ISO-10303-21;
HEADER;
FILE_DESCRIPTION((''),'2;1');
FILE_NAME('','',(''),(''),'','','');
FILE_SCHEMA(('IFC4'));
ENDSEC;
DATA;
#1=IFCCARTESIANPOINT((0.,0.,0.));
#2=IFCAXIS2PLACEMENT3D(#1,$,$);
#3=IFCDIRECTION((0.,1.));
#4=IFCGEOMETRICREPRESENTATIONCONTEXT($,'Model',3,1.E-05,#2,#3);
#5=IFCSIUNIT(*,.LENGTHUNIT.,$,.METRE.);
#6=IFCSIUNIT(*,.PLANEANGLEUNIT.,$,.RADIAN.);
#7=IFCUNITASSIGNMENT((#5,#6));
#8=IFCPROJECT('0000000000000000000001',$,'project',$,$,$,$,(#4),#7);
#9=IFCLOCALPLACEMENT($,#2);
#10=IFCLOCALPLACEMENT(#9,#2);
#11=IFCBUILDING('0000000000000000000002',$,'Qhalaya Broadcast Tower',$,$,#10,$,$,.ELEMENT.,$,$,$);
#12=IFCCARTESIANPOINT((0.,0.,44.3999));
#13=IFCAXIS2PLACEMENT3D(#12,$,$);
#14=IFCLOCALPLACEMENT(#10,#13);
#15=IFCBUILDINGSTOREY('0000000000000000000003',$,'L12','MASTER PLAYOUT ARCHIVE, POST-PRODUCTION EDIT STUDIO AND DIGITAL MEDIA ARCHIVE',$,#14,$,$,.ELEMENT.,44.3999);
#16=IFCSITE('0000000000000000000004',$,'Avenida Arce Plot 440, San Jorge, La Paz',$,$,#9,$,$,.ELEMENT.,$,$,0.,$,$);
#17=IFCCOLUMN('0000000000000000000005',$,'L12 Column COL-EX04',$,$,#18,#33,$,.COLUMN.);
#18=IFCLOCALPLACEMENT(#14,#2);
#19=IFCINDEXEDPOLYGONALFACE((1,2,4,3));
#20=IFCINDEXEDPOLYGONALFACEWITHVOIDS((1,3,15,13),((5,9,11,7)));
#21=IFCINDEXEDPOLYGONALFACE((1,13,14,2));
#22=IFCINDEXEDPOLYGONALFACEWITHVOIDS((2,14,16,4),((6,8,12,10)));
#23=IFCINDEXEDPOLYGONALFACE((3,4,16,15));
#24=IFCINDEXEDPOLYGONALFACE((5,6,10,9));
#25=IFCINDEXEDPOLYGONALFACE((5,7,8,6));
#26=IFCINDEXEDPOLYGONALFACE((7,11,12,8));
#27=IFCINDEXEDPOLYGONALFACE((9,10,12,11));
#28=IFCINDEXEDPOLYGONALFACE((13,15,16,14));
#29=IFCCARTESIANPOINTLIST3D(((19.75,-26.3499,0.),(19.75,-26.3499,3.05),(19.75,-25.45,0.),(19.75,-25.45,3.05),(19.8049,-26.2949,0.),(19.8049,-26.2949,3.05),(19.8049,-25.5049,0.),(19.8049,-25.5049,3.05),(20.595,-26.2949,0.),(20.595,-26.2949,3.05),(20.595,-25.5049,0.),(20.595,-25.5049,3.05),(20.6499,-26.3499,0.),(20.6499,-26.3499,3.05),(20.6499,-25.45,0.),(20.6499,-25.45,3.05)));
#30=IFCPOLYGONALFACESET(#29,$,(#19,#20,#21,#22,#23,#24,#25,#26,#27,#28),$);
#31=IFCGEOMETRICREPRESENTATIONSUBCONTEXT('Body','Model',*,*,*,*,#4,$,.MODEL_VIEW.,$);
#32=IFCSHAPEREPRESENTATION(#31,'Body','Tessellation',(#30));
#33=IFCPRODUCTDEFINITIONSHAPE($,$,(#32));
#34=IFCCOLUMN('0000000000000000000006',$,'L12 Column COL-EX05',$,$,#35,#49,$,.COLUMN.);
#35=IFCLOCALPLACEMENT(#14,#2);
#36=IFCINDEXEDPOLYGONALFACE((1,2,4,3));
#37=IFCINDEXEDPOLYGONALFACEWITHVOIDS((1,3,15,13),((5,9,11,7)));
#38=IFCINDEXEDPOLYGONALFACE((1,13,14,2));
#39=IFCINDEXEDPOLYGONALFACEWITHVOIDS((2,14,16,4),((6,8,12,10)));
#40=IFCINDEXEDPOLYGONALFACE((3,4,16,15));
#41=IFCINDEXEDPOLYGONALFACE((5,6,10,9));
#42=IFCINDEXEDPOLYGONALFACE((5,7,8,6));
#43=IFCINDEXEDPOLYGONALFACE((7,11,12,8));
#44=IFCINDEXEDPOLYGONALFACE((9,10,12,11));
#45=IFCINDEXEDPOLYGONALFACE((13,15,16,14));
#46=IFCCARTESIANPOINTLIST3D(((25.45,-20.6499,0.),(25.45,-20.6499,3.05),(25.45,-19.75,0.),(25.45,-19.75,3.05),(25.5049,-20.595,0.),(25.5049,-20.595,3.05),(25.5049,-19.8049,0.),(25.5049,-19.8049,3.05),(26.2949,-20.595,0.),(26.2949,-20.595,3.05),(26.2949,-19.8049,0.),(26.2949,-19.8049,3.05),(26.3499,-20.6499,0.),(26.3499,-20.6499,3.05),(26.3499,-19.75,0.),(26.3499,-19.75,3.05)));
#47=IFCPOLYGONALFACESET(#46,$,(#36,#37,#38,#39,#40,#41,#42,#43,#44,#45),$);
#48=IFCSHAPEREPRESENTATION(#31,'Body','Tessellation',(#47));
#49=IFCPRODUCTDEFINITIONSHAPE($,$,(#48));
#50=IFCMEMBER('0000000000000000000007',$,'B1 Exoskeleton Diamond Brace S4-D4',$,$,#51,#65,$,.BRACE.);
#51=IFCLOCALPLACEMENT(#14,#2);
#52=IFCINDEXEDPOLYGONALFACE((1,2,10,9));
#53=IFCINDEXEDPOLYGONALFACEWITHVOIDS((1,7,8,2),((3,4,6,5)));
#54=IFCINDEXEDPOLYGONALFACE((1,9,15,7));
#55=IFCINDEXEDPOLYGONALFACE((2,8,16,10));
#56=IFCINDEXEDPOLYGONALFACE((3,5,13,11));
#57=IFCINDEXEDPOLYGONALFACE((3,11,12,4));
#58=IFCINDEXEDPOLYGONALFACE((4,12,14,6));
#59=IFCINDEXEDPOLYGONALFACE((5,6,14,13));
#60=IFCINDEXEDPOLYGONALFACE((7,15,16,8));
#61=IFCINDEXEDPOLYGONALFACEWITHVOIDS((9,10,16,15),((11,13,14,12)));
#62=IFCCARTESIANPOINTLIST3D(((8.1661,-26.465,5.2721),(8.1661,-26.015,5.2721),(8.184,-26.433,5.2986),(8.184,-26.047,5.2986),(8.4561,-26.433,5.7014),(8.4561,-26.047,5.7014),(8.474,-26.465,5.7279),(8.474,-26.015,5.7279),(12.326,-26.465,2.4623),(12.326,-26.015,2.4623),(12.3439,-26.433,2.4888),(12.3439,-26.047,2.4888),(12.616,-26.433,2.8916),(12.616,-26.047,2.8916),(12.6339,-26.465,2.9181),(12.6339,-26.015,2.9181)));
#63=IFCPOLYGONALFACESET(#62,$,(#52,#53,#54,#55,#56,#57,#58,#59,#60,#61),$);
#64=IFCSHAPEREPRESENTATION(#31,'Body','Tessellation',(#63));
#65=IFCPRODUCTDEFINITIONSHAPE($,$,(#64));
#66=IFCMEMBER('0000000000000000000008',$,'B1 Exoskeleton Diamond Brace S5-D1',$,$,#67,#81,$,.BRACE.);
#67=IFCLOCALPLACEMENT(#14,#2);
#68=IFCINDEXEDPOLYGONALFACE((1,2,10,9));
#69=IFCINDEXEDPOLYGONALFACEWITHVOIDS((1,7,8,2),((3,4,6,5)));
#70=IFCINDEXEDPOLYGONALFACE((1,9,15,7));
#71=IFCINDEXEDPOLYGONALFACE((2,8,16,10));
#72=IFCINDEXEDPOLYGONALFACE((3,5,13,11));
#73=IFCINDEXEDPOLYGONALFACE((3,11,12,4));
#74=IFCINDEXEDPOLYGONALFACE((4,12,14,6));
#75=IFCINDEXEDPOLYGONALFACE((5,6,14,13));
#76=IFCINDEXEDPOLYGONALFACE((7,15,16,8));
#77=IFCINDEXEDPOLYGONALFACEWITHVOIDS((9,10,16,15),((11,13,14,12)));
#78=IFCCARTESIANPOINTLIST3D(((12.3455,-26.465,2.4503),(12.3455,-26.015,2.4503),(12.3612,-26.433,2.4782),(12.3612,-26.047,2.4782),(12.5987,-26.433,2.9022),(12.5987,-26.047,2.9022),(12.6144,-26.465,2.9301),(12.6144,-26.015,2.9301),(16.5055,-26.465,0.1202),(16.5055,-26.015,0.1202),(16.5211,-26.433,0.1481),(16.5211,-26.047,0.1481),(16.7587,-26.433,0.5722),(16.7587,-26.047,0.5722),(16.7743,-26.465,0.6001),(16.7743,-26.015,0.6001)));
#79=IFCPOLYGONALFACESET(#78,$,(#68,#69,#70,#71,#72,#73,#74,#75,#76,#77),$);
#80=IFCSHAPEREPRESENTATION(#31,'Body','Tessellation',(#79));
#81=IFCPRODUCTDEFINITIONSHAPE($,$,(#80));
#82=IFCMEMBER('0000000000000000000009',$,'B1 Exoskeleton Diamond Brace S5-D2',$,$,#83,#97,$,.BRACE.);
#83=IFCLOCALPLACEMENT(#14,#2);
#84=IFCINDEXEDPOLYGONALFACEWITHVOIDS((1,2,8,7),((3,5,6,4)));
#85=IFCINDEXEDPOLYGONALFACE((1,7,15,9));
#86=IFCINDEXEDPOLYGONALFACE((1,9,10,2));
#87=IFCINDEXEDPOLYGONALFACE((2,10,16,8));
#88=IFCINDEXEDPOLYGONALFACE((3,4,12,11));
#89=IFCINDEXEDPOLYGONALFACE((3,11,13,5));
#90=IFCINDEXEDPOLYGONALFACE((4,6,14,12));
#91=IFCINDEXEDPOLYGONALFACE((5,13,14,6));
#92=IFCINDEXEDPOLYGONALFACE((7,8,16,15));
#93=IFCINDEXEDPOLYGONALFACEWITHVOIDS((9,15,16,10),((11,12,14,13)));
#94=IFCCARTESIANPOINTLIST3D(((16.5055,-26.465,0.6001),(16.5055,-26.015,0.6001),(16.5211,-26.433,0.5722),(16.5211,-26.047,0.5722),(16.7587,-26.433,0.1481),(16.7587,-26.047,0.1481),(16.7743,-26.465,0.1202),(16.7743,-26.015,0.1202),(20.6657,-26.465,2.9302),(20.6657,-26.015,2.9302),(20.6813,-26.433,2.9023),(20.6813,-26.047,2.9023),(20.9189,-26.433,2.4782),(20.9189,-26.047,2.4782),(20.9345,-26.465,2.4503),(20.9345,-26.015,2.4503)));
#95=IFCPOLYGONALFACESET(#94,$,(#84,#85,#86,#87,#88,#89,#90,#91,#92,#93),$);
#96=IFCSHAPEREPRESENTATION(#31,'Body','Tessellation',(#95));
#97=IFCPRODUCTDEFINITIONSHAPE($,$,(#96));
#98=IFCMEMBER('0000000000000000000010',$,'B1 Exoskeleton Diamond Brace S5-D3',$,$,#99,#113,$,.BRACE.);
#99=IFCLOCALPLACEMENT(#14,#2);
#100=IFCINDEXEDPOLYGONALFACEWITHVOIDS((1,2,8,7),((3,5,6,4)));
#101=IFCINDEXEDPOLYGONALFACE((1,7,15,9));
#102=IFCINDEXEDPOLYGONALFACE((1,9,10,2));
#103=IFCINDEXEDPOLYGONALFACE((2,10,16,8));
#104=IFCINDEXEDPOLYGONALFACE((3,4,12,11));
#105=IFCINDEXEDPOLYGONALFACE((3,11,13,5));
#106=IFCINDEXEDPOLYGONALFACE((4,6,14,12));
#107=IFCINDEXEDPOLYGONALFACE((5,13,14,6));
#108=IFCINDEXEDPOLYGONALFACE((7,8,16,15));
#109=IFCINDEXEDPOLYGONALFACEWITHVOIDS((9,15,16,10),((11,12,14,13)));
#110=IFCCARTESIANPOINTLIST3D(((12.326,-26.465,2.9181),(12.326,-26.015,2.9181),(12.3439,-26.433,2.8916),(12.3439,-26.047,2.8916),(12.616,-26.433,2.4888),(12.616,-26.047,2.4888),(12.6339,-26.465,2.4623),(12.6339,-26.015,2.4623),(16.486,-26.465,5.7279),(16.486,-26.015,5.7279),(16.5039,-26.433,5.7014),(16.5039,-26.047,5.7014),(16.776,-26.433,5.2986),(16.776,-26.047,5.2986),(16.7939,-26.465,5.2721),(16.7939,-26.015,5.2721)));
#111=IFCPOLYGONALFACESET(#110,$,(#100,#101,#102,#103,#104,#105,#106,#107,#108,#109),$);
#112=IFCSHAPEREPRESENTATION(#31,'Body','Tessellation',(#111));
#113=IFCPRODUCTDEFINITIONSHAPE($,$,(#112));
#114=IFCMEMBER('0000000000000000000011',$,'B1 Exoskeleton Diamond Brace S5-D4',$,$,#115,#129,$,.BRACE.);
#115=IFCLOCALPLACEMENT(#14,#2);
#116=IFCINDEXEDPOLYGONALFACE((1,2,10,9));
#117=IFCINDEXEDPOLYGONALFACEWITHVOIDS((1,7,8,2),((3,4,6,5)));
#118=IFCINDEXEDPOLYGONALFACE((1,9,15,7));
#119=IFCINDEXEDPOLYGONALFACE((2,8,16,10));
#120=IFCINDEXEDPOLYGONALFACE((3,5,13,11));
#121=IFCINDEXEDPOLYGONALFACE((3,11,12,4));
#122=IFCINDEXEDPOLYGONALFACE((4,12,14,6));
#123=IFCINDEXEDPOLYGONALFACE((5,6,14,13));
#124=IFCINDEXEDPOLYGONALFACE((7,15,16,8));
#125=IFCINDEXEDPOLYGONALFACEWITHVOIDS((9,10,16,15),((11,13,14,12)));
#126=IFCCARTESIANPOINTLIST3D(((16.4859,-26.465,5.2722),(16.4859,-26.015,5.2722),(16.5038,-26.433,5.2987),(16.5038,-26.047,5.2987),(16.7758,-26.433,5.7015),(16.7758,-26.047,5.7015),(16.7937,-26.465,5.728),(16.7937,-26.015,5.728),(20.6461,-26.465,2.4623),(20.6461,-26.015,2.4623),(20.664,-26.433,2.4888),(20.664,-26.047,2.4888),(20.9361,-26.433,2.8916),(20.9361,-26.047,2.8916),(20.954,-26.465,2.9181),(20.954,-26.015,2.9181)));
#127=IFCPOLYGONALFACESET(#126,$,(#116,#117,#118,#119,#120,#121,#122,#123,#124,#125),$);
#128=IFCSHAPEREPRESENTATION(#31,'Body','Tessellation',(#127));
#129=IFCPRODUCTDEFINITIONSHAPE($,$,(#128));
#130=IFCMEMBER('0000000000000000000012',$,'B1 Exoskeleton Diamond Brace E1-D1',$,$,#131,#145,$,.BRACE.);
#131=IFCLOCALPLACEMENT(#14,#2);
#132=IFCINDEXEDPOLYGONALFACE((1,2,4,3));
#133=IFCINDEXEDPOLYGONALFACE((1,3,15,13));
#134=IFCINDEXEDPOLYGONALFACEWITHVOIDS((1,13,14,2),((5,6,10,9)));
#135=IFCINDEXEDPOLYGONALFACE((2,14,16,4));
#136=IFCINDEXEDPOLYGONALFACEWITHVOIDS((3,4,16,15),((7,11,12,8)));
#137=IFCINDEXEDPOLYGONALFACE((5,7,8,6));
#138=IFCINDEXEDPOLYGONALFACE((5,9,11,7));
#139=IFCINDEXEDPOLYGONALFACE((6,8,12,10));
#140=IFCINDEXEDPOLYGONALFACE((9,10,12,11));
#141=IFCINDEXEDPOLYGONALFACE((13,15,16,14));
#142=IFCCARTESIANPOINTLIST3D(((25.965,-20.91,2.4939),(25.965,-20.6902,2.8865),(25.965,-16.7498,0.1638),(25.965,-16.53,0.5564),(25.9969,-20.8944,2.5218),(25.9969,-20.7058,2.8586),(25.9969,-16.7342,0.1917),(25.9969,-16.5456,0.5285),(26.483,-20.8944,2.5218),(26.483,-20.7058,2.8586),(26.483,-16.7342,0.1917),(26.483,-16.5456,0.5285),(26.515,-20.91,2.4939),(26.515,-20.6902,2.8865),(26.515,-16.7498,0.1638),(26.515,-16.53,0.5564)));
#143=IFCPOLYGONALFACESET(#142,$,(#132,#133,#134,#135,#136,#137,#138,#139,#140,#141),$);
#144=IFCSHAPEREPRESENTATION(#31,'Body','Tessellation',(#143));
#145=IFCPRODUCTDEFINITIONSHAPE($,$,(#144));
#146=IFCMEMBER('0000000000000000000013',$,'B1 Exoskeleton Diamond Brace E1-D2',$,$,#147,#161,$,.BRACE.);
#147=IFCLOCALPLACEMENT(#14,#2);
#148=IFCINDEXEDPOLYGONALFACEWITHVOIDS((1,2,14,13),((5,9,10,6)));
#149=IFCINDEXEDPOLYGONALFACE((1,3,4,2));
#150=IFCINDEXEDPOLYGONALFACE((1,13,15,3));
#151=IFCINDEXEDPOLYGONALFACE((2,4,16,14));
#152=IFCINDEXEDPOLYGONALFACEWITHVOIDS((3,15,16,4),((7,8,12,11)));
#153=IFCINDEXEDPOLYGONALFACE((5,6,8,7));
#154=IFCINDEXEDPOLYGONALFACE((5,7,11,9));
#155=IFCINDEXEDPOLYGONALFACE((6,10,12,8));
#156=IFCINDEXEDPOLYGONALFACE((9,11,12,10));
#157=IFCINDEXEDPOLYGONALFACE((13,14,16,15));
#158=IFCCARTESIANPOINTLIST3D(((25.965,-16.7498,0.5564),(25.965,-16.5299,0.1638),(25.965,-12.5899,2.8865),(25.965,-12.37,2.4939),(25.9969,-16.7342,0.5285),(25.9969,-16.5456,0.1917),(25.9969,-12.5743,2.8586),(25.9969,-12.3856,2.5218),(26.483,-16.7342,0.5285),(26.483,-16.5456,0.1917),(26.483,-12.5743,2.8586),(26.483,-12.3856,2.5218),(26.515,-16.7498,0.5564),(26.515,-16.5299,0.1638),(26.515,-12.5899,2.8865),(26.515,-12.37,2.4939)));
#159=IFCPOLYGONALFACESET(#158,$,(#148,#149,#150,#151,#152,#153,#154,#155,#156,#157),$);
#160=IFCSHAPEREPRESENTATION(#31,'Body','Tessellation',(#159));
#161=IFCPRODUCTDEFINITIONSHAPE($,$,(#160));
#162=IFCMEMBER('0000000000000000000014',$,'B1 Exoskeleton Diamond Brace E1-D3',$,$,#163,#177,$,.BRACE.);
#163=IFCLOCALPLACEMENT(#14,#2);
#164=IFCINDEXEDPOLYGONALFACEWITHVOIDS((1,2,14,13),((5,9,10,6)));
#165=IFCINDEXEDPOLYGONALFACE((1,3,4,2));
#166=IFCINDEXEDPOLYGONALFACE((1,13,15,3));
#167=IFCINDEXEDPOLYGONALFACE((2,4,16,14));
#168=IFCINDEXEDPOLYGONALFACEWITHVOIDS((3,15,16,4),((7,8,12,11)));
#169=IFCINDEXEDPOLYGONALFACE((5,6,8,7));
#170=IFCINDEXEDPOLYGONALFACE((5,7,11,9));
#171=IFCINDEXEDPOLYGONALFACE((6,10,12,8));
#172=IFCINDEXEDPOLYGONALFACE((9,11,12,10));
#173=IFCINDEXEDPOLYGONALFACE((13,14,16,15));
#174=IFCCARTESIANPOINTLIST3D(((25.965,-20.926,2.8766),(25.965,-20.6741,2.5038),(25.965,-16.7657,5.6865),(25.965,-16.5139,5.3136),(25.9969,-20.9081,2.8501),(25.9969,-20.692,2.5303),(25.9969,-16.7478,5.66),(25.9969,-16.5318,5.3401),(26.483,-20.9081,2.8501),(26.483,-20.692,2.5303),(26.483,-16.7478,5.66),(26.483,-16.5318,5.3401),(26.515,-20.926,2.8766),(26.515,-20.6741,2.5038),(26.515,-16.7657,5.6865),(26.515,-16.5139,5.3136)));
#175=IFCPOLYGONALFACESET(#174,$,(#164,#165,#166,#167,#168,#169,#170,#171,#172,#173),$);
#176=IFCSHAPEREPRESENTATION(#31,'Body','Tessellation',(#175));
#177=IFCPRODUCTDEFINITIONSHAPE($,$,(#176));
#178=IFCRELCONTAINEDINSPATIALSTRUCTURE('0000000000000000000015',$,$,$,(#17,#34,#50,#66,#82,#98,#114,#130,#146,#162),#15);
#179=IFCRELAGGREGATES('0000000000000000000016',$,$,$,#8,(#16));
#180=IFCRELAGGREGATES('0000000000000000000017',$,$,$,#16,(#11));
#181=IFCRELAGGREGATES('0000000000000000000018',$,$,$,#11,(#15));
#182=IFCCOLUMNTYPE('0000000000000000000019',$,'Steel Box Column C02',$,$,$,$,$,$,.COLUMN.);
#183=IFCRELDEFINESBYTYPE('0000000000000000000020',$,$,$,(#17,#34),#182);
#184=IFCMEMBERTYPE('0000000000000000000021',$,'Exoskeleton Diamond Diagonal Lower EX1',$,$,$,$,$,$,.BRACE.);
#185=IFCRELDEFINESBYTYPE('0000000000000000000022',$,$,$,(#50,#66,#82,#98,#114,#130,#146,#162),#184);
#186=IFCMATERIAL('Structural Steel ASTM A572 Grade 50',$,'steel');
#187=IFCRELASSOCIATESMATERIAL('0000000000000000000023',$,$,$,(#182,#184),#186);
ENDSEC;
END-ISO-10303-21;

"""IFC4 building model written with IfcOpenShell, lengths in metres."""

from ifc_helpers import new_model, si_unit, direction, frame, origin, origin_2d, place, context, subcontext, project, spatial, hollow_rectangle, extrude, material, material_profile, profile_set, type_object, element, save


model = new_model("IFC4")

# Units and contexts
model_context = context("Model", 3, precision=1e-05, world=origin(), true_north=direction((0.0, 1.0)))
body_context = subcontext(model_context, "Body", "Model", "MODEL_VIEW")
ifc_project = project(units=[si_unit("LENGTHUNIT", "METRE"), si_unit("PLANEANGLEUNIT", "RADIAN")], contexts=[model_context])

# Site, building, storey
site_placement = place(None, origin())
site = spatial("IfcSite", under=ifc_project, at=site_placement, Name="Avenida Arce Plot 440, San Jorge, La Paz", CompositionType="ELEMENT", RefElevation=0.0)
building_placement = place(site_placement, origin())
building = spatial("IfcBuilding", under=site, at=building_placement, Name="Qhalaya Broadcast Tower", CompositionType="ELEMENT")
storey_placement = place(building_placement, frame((0.0, 0.0, 44.3999)))
storey = spatial("IfcBuildingStorey", under=building, at=storey_placement, Name="L12", Description="MASTER PLAYOUT ARCHIVE, POST-PRODUCTION EDIT STUDIO AND DIGITAL MEDIA ARCHIVE", CompositionType="ELEMENT", Elevation=44.3999)

# Columns
ifc_material_1 = material(Name="Structural Steel ASTM A572 Grade 50", Category="steel")
ifc_material_profile_1 = material_profile(ifc_material_1, hollow_rectangle(XDim=0.8999, YDim=0.8999, WallThickness=0.0549, at=origin_2d()), Name="BOX 900x900x55")
ifc_profile_set_1 = profile_set([ifc_material_profile_1], Name="Structural Steel ASTM A572 Grade 50")
column_type = type_object("IfcColumnType", Name="Steel Box Column C02", PredefinedType="COLUMN", material=ifc_profile_set_1)
for number, where, z_axis, x_axis, name in (
    (1, (20.2, -25.8999, 0.0), (0.0, 0.0, 1.0), (1.0, 0.0, 0.0), "L12 Column COL-EX04"),
    (2, (25.8999, -20.2, 0.0), (0.0, 0.0, 1.0), (0.0, 1.0, 0.0), "L12 Column COL-EX05"),
):
    element("IfcColumn", number, at=place(storey_placement, frame(where, z_axis=z_axis, x_axis=x_axis)), inside=storey, type_object=column_type, Name=name, PredefinedType="COLUMN", context=body_context, shape_type="SweptSolid", body=[
        extrude(hollow_rectangle(XDim=0.8999, YDim=0.8999, WallThickness=0.0549, at=origin_2d()), origin(), (0.0, 0.0, 1.0), 3.05),
    ])

# Members
ifc_material_profile_2 = material_profile(ifc_material_1, hollow_rectangle(XDim=0.45, YDim=0.55, WallThickness=0.032, at=origin_2d()), Name="BOX 450x550x32")
ifc_profile_set_2 = profile_set([ifc_material_profile_2], Name="Structural Steel ASTM A572 Grade 50")
member_type = type_object("IfcMemberType", Name="Exoskeleton Diamond Diagonal Lower EX1", PredefinedType="BRACE", material=ifc_profile_set_2)
member_1_placement = place(storey_placement, frame((12.48, -26.24, 2.6902), z_axis=(-0.828676, 0.0, 0.559729), x_axis=(0.0, -1.0, 0.0)))
element("IfcMember", 3, at=member_1_placement, inside=storey, type_object=member_type, Name="B1 Exoskeleton Diamond Brace S4-D4", PredefinedType="BRACE", context=body_context, shape_type="SweptSolid", body=[
    extrude(hollow_rectangle(XDim=0.45, YDim=0.55, WallThickness=0.032, at=origin_2d()), origin(), (0.0, 0.0, 1.0), 5.02),
])
member_2_placement = place(storey_placement, frame((16.6399, -26.24, 0.3601), z_axis=(-0.872459, 0.0, 0.488688), x_axis=(0.0, -1.0, 0.0)))
element("IfcMember", 4, at=member_2_placement, inside=storey, type_object=member_type, Name="B1 Exoskeleton Diamond Brace S5-D1", PredefinedType="BRACE", context=body_context, shape_type="SweptSolid", body=[
    extrude(hollow_rectangle(XDim=0.45, YDim=0.55, WallThickness=0.032, at=origin_2d()), origin(), (0.0, 0.0, 1.0), 4.7681),
])
member_3_placement = place(storey_placement, frame((16.6399, -26.24, 0.3601), z_axis=(0.872471, 0.0, 0.488666), x_axis=(0.0, 1.0, 0.0)))
element("IfcMember", 5, at=member_3_placement, inside=storey, type_object=member_type, Name="B1 Exoskeleton Diamond Brace S5-D2", PredefinedType="BRACE", context=body_context, shape_type="SweptSolid", body=[
    extrude(hollow_rectangle(XDim=0.45, YDim=0.55, WallThickness=0.032, at=origin_2d()), origin(), (0.0, 0.0, 1.0), 4.7683),
])
member_4_placement = place(storey_placement, frame((12.48, -26.24, 2.6902), z_axis=(0.828676, 0.0, 0.559729), x_axis=(0.0, 1.0, 0.0)))
element("IfcMember", 6, at=member_4_placement, inside=storey, type_object=member_type, Name="B1 Exoskeleton Diamond Brace S5-D3", PredefinedType="BRACE", context=body_context, shape_type="SweptSolid", body=[
    extrude(hollow_rectangle(XDim=0.45, YDim=0.55, WallThickness=0.032, at=origin_2d()), origin(), (0.0, 0.0, 1.0), 5.02),
])
member_5_placement = place(storey_placement, frame((20.8, -26.24, 2.6902), z_axis=(-0.828691, 0.0, 0.559707), x_axis=(0.0, -1.0, 0.0)))
element("IfcMember", 7, at=member_5_placement, inside=storey, type_object=member_type, Name="B1 Exoskeleton Diamond Brace S5-D4", PredefinedType="BRACE", context=body_context, shape_type="SweptSolid", body=[
    extrude(hollow_rectangle(XDim=0.45, YDim=0.55, WallThickness=0.032, at=origin_2d()), origin(), (0.0, 0.0, 1.0), 5.0203),
])
member_6_placement = place(storey_placement, frame((26.24, -16.6399, 0.3601), z_axis=(0.0, -0.872471, 0.488666), x_axis=(0.0, 0.488666, 0.872471)))
element("IfcMember", 8, at=member_6_placement, inside=storey, type_object=member_type, Name="B1 Exoskeleton Diamond Brace E1-D1", PredefinedType="BRACE", context=body_context, shape_type="SweptSolid", body=[
    extrude(hollow_rectangle(XDim=0.45, YDim=0.55, WallThickness=0.032, at=origin_2d()), origin(), (0.0, 0.0, 1.0), 4.7683),
])
member_7_placement = place(storey_placement, frame((26.24, -16.6399, 0.3601), z_axis=(0.0, 0.872459, 0.488688), x_axis=(0.0, -0.488688, 0.872459)))
element("IfcMember", 9, at=member_7_placement, inside=storey, type_object=member_type, Name="B1 Exoskeleton Diamond Brace E1-D2", PredefinedType="BRACE", context=body_context, shape_type="SweptSolid", body=[
    extrude(hollow_rectangle(XDim=0.45, YDim=0.55, WallThickness=0.032, at=origin_2d()), origin(), (0.0, 0.0, 1.0), 4.7681),
])
member_8_placement = place(storey_placement, frame((26.24, -20.8, 2.6902), z_axis=(0.0, 0.828691, 0.559707), x_axis=(0.0, -0.559707, 0.828691)))
element("IfcMember", 10, at=member_8_placement, inside=storey, type_object=member_type, Name="B1 Exoskeleton Diamond Brace E1-D3", PredefinedType="BRACE", context=body_context, shape_type="SweptSolid", body=[
    extrude(hollow_rectangle(XDim=0.45, YDim=0.55, WallThickness=0.032, at=origin_2d()), origin(), (0.0, 0.0, 1.0), 5.0203),
])

save(model, "model.ifc")
